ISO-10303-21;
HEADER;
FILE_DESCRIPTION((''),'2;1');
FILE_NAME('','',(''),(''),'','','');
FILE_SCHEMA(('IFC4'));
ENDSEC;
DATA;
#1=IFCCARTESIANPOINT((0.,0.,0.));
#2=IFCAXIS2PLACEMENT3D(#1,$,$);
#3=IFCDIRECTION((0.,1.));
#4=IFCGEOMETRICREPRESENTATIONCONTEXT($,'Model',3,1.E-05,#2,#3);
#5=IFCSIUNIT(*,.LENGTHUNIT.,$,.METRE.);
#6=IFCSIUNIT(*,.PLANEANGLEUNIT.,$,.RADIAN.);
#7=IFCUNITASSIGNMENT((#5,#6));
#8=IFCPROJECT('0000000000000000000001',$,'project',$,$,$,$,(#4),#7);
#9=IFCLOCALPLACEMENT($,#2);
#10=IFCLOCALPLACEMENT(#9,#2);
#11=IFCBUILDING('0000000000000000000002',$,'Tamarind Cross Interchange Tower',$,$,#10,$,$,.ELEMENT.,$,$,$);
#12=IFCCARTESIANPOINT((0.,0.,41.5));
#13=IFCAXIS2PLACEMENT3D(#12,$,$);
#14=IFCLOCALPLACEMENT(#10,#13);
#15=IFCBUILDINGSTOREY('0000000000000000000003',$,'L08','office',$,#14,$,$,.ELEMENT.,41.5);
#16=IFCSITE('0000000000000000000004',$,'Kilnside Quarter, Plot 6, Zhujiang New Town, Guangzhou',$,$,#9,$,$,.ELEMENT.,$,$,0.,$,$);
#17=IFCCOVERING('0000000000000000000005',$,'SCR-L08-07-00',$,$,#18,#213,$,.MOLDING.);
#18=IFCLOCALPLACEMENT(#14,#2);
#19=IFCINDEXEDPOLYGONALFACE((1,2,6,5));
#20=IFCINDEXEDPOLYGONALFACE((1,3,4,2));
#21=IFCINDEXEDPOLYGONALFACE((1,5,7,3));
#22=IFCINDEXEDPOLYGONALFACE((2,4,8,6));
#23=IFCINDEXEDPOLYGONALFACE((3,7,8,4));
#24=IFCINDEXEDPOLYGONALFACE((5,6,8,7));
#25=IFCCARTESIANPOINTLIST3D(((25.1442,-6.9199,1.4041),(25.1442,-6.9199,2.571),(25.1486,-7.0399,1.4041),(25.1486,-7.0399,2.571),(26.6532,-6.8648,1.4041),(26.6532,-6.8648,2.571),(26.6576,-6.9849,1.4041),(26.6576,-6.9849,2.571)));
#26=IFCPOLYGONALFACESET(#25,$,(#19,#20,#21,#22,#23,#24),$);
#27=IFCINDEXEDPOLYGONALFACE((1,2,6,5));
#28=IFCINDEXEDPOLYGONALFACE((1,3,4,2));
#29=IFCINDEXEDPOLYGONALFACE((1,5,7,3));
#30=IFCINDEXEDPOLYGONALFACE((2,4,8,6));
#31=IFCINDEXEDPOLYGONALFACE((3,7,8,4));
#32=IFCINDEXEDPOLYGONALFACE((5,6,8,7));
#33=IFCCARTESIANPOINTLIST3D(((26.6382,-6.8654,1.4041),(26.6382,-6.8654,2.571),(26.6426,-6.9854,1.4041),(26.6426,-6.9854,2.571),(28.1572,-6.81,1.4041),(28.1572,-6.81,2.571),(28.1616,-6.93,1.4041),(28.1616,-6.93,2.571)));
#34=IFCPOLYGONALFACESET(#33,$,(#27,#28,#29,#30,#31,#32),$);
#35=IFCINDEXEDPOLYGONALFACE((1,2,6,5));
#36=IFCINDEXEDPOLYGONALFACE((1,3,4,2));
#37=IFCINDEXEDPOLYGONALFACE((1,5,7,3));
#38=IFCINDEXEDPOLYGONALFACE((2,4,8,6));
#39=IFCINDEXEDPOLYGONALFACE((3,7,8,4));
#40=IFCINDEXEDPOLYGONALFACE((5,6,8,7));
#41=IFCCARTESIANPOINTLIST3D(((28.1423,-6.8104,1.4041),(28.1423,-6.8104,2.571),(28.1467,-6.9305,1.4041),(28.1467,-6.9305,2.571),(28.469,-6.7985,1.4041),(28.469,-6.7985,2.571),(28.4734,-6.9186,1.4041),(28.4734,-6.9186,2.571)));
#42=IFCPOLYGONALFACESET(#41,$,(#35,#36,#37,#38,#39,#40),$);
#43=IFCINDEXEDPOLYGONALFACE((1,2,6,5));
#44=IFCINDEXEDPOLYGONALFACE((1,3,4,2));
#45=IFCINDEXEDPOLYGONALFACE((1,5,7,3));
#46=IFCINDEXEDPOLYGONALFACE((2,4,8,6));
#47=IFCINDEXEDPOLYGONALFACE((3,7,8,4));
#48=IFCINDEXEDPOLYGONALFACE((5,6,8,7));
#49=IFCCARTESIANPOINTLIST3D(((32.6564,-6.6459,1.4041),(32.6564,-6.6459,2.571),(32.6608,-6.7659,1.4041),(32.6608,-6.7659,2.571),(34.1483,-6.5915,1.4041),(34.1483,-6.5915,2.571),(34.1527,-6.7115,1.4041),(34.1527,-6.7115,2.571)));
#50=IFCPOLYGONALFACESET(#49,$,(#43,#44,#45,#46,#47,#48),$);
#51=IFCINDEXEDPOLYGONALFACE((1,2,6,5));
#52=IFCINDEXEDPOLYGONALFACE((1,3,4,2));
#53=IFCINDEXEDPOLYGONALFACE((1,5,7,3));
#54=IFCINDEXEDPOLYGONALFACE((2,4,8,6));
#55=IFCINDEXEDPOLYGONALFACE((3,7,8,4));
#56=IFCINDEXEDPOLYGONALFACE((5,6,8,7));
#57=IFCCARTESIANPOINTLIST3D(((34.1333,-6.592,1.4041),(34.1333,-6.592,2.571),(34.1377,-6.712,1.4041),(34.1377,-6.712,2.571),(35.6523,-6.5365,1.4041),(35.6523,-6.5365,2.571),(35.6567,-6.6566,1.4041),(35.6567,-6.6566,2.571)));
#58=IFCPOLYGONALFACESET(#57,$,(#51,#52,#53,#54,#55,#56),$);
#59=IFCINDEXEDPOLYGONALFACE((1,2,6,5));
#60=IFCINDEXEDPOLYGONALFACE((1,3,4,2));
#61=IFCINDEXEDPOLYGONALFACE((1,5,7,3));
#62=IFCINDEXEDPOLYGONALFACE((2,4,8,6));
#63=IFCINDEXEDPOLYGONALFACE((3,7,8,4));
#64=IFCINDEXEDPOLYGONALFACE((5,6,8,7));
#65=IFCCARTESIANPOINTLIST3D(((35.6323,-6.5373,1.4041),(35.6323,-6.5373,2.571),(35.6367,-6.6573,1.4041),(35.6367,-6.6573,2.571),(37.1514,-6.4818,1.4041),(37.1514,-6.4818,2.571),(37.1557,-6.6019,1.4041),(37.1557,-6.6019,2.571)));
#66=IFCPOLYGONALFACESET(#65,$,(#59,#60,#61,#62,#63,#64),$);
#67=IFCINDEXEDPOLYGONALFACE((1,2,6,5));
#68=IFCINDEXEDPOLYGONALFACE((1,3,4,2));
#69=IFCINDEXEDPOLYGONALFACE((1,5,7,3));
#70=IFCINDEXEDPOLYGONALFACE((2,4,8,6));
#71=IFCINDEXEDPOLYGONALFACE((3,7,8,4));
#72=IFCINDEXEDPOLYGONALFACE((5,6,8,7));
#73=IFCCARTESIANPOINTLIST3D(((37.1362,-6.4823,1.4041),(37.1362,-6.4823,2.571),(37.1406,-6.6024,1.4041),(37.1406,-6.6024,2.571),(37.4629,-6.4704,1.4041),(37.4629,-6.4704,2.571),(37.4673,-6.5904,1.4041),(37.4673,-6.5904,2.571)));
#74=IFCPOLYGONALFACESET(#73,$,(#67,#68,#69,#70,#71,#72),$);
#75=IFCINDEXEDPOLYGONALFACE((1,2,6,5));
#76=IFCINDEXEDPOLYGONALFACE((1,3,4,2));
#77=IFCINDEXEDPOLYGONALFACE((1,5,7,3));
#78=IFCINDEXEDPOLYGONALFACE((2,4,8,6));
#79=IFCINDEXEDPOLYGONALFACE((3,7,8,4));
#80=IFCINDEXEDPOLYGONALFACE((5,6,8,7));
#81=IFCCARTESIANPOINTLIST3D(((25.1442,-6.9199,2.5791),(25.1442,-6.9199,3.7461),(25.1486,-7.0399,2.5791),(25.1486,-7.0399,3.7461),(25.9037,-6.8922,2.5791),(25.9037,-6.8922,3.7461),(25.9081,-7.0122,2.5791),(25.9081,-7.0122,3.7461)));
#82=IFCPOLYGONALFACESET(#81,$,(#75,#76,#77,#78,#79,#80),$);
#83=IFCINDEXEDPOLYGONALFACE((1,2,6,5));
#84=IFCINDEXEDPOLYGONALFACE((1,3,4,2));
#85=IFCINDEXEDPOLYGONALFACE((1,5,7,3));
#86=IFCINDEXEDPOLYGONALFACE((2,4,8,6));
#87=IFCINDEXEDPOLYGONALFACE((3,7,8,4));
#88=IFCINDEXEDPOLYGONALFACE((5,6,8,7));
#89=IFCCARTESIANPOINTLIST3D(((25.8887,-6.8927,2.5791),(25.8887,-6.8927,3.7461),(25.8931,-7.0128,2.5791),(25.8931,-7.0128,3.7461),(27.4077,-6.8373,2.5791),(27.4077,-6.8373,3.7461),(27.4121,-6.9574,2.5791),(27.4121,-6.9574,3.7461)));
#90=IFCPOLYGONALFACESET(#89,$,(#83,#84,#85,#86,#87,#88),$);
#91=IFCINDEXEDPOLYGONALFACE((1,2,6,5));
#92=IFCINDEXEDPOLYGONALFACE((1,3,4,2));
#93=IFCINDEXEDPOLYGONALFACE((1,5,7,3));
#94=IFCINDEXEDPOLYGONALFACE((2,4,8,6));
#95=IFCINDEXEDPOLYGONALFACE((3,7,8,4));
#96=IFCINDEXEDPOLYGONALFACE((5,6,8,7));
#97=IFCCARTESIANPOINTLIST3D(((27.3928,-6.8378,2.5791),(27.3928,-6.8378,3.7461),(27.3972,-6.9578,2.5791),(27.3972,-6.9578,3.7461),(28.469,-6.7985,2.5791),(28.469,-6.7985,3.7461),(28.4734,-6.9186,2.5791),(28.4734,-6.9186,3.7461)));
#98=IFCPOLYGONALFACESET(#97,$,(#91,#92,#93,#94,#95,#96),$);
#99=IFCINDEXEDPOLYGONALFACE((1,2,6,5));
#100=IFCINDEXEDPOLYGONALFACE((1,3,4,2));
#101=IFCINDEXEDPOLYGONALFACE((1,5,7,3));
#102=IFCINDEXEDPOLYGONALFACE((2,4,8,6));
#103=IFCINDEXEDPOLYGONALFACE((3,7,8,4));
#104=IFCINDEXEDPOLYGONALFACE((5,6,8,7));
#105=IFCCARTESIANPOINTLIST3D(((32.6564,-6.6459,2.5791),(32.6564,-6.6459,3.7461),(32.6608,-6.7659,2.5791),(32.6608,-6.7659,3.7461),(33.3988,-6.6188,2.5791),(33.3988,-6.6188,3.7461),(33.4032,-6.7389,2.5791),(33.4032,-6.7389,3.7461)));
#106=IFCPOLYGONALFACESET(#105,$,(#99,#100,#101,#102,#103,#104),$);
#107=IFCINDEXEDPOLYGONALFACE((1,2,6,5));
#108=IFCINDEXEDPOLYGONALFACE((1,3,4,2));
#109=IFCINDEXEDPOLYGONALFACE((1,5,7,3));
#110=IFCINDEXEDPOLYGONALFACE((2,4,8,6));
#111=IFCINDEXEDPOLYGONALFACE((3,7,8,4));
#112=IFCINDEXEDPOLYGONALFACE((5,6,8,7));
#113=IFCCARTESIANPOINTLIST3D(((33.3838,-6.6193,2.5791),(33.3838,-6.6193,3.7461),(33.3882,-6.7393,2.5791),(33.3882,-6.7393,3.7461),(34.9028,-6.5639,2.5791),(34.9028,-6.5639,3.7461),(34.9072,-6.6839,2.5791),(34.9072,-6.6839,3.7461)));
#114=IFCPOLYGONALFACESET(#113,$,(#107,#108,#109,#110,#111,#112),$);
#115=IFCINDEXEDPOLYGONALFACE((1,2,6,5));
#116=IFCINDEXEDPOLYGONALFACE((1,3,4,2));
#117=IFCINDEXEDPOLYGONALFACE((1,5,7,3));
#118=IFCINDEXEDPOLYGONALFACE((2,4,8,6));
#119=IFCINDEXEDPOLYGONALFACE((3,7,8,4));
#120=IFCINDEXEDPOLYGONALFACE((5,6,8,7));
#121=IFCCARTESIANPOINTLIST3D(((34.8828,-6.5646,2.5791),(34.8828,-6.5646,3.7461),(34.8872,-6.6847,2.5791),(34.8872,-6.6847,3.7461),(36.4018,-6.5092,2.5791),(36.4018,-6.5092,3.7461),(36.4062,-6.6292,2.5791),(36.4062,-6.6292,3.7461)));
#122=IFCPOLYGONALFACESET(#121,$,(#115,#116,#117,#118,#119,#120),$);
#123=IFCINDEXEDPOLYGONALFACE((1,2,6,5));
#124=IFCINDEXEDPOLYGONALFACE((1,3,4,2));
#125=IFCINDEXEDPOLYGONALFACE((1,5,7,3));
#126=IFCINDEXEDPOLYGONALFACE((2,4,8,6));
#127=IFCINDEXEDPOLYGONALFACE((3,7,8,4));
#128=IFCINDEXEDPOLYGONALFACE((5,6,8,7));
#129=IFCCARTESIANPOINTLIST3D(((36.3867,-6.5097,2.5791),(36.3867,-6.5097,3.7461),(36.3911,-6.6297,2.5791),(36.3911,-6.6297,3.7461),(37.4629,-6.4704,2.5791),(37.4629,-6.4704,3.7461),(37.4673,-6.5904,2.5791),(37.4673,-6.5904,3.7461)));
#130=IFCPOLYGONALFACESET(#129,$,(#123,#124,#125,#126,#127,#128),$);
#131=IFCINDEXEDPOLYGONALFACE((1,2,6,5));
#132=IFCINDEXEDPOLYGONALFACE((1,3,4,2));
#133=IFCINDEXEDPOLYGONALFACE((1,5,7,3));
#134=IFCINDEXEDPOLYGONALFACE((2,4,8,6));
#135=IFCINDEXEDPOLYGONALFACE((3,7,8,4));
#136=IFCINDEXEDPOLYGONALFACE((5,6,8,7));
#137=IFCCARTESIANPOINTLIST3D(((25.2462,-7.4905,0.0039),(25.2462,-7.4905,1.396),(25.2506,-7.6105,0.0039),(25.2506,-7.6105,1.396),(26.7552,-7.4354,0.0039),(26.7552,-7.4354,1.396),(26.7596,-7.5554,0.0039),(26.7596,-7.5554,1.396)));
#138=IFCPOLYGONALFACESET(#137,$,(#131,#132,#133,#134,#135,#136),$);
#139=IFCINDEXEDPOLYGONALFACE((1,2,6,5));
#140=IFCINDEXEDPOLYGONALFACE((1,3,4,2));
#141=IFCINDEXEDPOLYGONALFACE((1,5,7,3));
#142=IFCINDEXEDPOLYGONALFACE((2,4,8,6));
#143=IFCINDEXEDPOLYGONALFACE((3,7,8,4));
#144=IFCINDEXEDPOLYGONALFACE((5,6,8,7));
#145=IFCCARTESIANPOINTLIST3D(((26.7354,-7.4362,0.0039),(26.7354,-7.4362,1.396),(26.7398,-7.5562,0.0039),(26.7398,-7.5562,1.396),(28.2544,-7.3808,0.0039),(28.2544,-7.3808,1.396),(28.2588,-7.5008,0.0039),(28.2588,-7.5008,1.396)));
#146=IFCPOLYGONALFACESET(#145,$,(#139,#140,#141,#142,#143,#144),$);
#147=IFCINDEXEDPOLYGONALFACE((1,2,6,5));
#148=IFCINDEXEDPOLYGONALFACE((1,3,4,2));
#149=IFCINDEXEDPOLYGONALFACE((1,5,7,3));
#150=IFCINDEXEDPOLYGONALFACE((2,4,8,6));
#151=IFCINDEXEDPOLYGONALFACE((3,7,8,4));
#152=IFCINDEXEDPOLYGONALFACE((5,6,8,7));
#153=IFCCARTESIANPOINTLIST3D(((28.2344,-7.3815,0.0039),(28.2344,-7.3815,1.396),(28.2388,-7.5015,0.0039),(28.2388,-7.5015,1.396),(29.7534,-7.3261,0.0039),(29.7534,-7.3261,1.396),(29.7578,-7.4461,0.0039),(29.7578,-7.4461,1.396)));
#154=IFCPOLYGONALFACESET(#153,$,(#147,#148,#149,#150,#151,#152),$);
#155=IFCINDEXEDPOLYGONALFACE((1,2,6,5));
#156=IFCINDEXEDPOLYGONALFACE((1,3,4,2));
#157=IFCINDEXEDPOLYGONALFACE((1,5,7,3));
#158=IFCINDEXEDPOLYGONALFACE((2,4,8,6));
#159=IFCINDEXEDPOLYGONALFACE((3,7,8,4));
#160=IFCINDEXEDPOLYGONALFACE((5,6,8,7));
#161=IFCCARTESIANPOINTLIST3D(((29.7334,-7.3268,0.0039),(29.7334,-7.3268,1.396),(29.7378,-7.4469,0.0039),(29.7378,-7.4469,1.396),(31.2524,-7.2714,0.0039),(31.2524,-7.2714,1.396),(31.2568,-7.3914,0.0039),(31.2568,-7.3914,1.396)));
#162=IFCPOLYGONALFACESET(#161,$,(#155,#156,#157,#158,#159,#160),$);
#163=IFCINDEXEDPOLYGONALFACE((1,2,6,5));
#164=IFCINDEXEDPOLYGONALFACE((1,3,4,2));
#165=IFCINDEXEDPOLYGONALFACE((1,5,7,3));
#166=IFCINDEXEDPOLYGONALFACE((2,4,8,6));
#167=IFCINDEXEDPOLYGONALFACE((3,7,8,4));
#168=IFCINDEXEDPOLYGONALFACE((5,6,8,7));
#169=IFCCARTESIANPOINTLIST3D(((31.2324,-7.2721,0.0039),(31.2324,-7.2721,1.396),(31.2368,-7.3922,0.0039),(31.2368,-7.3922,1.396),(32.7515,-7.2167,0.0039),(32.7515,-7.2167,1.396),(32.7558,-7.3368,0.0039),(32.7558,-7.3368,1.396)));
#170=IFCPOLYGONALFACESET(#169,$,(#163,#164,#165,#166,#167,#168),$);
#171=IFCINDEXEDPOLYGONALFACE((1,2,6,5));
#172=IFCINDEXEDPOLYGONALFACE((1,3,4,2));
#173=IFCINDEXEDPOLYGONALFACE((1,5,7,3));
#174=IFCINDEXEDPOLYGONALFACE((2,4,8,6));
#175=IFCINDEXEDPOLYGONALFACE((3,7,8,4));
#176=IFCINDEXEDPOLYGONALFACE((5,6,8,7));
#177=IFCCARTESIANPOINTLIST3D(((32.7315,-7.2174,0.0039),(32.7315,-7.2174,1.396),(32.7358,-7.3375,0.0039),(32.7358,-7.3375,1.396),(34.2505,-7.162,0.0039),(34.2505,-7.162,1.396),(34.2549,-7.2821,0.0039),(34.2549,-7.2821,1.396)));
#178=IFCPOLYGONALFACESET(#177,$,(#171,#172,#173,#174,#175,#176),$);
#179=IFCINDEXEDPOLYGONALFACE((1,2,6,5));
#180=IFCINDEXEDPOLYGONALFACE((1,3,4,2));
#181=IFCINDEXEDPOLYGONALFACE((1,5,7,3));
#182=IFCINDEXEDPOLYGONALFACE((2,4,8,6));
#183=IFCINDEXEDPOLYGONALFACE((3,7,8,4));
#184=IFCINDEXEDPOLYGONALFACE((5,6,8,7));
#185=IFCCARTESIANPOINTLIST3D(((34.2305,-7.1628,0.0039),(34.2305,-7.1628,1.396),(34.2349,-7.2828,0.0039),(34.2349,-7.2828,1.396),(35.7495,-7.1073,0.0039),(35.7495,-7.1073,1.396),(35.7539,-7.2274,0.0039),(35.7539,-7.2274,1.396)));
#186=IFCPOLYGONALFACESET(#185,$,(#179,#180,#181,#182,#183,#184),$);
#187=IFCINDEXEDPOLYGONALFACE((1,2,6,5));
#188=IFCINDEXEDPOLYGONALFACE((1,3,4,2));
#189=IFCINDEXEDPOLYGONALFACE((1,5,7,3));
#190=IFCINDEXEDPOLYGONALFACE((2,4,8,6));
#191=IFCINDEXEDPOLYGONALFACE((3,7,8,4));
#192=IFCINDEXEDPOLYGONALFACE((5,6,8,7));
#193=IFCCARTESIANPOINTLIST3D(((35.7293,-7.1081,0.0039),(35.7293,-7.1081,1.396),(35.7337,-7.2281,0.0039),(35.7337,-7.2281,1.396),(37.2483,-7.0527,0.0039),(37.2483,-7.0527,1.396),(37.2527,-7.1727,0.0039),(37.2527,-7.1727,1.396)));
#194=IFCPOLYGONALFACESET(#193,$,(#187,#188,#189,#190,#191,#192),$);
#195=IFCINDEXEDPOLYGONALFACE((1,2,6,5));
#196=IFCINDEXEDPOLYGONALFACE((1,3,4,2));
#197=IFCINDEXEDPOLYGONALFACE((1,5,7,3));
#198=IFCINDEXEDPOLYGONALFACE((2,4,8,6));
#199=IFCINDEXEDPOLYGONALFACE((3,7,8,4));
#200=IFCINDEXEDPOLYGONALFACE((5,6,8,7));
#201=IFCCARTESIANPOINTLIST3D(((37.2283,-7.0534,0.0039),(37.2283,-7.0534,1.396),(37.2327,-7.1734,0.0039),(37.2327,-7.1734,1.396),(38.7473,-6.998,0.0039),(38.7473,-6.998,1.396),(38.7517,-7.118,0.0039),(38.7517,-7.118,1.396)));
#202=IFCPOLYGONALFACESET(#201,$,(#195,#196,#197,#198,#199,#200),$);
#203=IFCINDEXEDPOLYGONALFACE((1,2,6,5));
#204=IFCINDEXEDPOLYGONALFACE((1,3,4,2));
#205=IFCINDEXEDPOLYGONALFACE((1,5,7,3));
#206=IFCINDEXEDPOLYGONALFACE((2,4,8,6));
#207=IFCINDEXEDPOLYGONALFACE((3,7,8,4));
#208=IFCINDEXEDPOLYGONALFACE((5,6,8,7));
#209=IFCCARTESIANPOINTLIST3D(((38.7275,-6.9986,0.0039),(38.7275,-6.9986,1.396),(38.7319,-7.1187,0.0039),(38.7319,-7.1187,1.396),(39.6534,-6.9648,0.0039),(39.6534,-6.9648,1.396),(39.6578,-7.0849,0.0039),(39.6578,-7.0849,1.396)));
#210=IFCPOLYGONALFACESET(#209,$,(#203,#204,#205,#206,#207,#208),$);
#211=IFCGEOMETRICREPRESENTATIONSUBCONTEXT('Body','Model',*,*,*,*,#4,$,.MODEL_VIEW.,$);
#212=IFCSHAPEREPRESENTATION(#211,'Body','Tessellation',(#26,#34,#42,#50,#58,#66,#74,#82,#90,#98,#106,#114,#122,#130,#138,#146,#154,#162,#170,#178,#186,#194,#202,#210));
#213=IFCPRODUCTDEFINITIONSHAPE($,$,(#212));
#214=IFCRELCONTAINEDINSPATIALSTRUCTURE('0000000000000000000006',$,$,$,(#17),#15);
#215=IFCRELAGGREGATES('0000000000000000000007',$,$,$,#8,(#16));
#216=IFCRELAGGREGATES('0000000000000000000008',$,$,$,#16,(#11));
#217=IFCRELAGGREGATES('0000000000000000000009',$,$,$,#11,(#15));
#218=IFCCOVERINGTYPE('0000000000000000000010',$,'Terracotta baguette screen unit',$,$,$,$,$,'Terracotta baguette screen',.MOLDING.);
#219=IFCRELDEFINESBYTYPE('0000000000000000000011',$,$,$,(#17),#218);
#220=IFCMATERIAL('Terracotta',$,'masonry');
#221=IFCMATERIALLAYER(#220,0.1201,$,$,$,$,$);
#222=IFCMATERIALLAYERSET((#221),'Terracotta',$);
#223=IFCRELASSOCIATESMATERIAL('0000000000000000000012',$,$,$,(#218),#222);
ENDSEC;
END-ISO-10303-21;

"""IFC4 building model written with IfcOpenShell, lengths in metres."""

from ifc_helpers import new_model, si_unit, direction, frame, origin, origin_2d, place, context, subcontext, project, spatial, rectangle, extrude, material, layer, layer_set, type_object, element, save


model = new_model("IFC4")

# Units and contexts
model_context = context("Model", 3, precision=1e-05, world=origin(), true_north=direction((0.0, 1.0)))
body_context = subcontext(model_context, "Body", "Model", "MODEL_VIEW")
ifc_project = project(units=[si_unit("LENGTHUNIT", "METRE"), si_unit("PLANEANGLEUNIT", "RADIAN")], contexts=[model_context])

# Site, building, storey
site_placement = place(None, origin())
site = spatial("IfcSite", under=ifc_project, at=site_placement, Name="Kilnside Quarter, Plot 6, Zhujiang New Town, Guangzhou", CompositionType="ELEMENT", RefElevation=0.0)
building_placement = place(site_placement, origin())
building = spatial("IfcBuilding", under=site, at=building_placement, Name="Tamarind Cross Interchange Tower", CompositionType="ELEMENT")
storey_placement = place(building_placement, frame((0.0, 0.0, 41.5)))
storey = spatial("IfcBuildingStorey", under=building, at=storey_placement, Name="L08", Description="office", CompositionType="ELEMENT", Elevation=41.5)

# Covering
ifc_material_1 = material(Name="Terracotta", Category="masonry")
ifc_layer_1 = layer(ifc_material_1, 0.1201)
ifc_layer_set_1 = layer_set([ifc_layer_1], Name="Terracotta")
covering_type = type_object("IfcCoveringType", Name="Terracotta baguette screen unit", ElementType="Terracotta baguette screen", PredefinedType="MOLDING", material=ifc_layer_set_1)
covering_1_placement = place(storey_placement, origin())
element("IfcCovering", 1, at=covering_1_placement, inside=storey, type_object=covering_type, Name="SCR-L08-07-00", PredefinedType="MOLDING", context=body_context, shape_type="SweptSolid", body=[
    extrude(rectangle(XDim=1.51, YDim=0.1201, at=origin_2d()), frame((25.9009, -6.9524, 1.4041), z_axis=(0.0, 0.0, 1.0), x_axis=(0.999335, 0.036462, 0.0)), (0.0, 0.0, 1.0), 1.167),
    extrude(rectangle(XDim=1.52, YDim=0.1201, at=origin_2d()), frame((27.3999, -6.8977, 1.4041), z_axis=(0.0, 0.0, 1.0), x_axis=(0.999335, 0.036462, 0.0)), (0.0, 0.0, 1.0), 1.167),
    extrude(rectangle(XDim=0.3269, YDim=0.1201, at=origin_2d()), frame((28.3079, -6.8645, 1.4041), z_axis=(0.0, 0.0, 1.0), x_axis=(0.999335, 0.036462, 0.0)), (0.0, 0.0, 1.0), 1.167),
    extrude(rectangle(XDim=1.4929, YDim=0.1201, at=origin_2d()), frame((33.4045, -6.6787, 1.4041), z_axis=(0.0, 0.0, 1.0), x_axis=(0.999335, 0.036462, 0.0)), (0.0, 0.0, 1.0), 1.167),
    extrude(rectangle(XDim=1.52, YDim=0.1201, at=origin_2d()), frame((34.895, -6.6243, 1.4041), z_axis=(0.0, 0.0, 1.0), x_axis=(0.999335, 0.036462, 0.0)), (0.0, 0.0, 1.0), 1.167),
    extrude(rectangle(XDim=1.52, YDim=0.1201, at=origin_2d()), frame((36.394, -6.5696, 1.4041), z_axis=(0.0, 0.0, 1.0), x_axis=(0.999335, 0.036462, 0.0)), (0.0, 0.0, 1.0), 1.167),
    extrude(rectangle(XDim=0.3269, YDim=0.1201, at=origin_2d()), frame((37.3018, -6.5364, 1.4041), z_axis=(0.0, 0.0, 1.0), x_axis=(0.999335, 0.036462, 0.0)), (0.0, 0.0, 1.0), 1.167),
    extrude(rectangle(XDim=0.76, YDim=0.1201, at=origin_2d()), frame((25.5261, -6.9661, 2.5791), z_axis=(0.0, 0.0, 1.0), x_axis=(0.999335, 0.036462, 0.0)), (0.0, 0.0, 1.0), 1.167),
    extrude(rectangle(XDim=1.52, YDim=0.1201, at=origin_2d()), frame((26.6504, -6.925, 2.5791), z_axis=(0.0, 0.0, 1.0), x_axis=(0.999335, 0.036462, 0.0)), (0.0, 0.0, 1.0), 1.167),
    extrude(rectangle(XDim=1.0769, YDim=0.1201, at=origin_2d()), frame((27.9331, -6.8782, 2.5791), z_axis=(0.0, 0.0, 1.0), x_axis=(0.999335, 0.036462, 0.0)), (0.0, 0.0, 1.0), 1.167),
    extrude(rectangle(XDim=0.7429, YDim=0.1201, at=origin_2d()), frame((33.0298, -6.6924, 2.5791), z_axis=(0.0, 0.0, 1.0), x_axis=(0.999335, 0.036462, 0.0)), (0.0, 0.0, 1.0), 1.167),
    extrude(rectangle(XDim=1.52, YDim=0.1201, at=origin_2d()), frame((34.1455, -6.6516, 2.5791), z_axis=(0.0, 0.0, 1.0), x_axis=(0.999335, 0.036462, 0.0)), (0.0, 0.0, 1.0), 1.167),
    extrude(rectangle(XDim=1.52, YDim=0.1201, at=origin_2d()), frame((35.6445, -6.5969, 2.5791), z_axis=(0.0, 0.0, 1.0), x_axis=(0.999335, 0.036462, 0.0)), (0.0, 0.0, 1.0), 1.167),
    extrude(rectangle(XDim=1.0769, YDim=0.1201, at=origin_2d()), frame((36.927, -6.55, 2.5791), z_axis=(0.0, 0.0, 1.0), x_axis=(0.999335, 0.036462, 0.0)), (0.0, 0.0, 1.0), 1.167),
    extrude(rectangle(XDim=1.51, YDim=0.1201, at=origin_2d()), frame((26.0029, -7.5229, 0.0039), z_axis=(0.0, 0.0, 1.0), x_axis=(0.999335, 0.036462, 0.0)), (0.0, 0.0, 1.0), 1.3921),
    extrude(rectangle(XDim=1.52, YDim=0.1201, at=origin_2d()), frame((27.4971, -7.4685, 0.0039), z_axis=(0.0, 0.0, 1.0), x_axis=(0.999335, 0.036462, 0.0)), (0.0, 0.0, 1.0), 1.3921),
    extrude(rectangle(XDim=1.52, YDim=0.1201, at=origin_2d()), frame((28.9961, -7.4138, 0.0039), z_axis=(0.0, 0.0, 1.0), x_axis=(0.999335, 0.036462, 0.0)), (0.0, 0.0, 1.0), 1.3921),
    extrude(rectangle(XDim=1.52, YDim=0.1201, at=origin_2d()), frame((30.4951, -7.3591, 0.0039), z_axis=(0.0, 0.0, 1.0), x_axis=(0.999335, 0.036462, 0.0)), (0.0, 0.0, 1.0), 1.3921),
    extrude(rectangle(XDim=1.52, YDim=0.1201, at=origin_2d()), frame((31.9941, -7.3044, 0.0039), z_axis=(0.0, 0.0, 1.0), x_axis=(0.999335, 0.036462, 0.0)), (0.0, 0.0, 1.0), 1.3921),
    extrude(rectangle(XDim=1.52, YDim=0.1201, at=origin_2d()), frame((33.4932, -7.2498, 0.0039), z_axis=(0.0, 0.0, 1.0), x_axis=(0.999335, 0.036462, 0.0)), (0.0, 0.0, 1.0), 1.3921),
    extrude(rectangle(XDim=1.52, YDim=0.1201, at=origin_2d()), frame((34.9922, -7.1951, 0.0039), z_axis=(0.0, 0.0, 1.0), x_axis=(0.999335, 0.036462, 0.0)), (0.0, 0.0, 1.0), 1.3921),
    extrude(rectangle(XDim=1.52, YDim=0.1201, at=origin_2d()), frame((36.491, -7.1404, 0.0039), z_axis=(0.0, 0.0, 1.0), x_axis=(0.999335, 0.036462, 0.0)), (0.0, 0.0, 1.0), 1.3921),
    extrude(rectangle(XDim=1.52, YDim=0.1201, at=origin_2d()), frame((37.99, -7.0857, 0.0039), z_axis=(0.0, 0.0, 1.0), x_axis=(0.999335, 0.036462, 0.0)), (0.0, 0.0, 1.0), 1.3921),
    extrude(rectangle(XDim=0.9265, YDim=0.1201, at=origin_2d()), frame((39.1926, -7.0417, 0.0039), z_axis=(0.0, 0.0, 1.0), x_axis=(0.999335, 0.036462, 0.0)), (0.0, 0.0, 1.0), 1.3921),
])

save(model, "model.ifc")
